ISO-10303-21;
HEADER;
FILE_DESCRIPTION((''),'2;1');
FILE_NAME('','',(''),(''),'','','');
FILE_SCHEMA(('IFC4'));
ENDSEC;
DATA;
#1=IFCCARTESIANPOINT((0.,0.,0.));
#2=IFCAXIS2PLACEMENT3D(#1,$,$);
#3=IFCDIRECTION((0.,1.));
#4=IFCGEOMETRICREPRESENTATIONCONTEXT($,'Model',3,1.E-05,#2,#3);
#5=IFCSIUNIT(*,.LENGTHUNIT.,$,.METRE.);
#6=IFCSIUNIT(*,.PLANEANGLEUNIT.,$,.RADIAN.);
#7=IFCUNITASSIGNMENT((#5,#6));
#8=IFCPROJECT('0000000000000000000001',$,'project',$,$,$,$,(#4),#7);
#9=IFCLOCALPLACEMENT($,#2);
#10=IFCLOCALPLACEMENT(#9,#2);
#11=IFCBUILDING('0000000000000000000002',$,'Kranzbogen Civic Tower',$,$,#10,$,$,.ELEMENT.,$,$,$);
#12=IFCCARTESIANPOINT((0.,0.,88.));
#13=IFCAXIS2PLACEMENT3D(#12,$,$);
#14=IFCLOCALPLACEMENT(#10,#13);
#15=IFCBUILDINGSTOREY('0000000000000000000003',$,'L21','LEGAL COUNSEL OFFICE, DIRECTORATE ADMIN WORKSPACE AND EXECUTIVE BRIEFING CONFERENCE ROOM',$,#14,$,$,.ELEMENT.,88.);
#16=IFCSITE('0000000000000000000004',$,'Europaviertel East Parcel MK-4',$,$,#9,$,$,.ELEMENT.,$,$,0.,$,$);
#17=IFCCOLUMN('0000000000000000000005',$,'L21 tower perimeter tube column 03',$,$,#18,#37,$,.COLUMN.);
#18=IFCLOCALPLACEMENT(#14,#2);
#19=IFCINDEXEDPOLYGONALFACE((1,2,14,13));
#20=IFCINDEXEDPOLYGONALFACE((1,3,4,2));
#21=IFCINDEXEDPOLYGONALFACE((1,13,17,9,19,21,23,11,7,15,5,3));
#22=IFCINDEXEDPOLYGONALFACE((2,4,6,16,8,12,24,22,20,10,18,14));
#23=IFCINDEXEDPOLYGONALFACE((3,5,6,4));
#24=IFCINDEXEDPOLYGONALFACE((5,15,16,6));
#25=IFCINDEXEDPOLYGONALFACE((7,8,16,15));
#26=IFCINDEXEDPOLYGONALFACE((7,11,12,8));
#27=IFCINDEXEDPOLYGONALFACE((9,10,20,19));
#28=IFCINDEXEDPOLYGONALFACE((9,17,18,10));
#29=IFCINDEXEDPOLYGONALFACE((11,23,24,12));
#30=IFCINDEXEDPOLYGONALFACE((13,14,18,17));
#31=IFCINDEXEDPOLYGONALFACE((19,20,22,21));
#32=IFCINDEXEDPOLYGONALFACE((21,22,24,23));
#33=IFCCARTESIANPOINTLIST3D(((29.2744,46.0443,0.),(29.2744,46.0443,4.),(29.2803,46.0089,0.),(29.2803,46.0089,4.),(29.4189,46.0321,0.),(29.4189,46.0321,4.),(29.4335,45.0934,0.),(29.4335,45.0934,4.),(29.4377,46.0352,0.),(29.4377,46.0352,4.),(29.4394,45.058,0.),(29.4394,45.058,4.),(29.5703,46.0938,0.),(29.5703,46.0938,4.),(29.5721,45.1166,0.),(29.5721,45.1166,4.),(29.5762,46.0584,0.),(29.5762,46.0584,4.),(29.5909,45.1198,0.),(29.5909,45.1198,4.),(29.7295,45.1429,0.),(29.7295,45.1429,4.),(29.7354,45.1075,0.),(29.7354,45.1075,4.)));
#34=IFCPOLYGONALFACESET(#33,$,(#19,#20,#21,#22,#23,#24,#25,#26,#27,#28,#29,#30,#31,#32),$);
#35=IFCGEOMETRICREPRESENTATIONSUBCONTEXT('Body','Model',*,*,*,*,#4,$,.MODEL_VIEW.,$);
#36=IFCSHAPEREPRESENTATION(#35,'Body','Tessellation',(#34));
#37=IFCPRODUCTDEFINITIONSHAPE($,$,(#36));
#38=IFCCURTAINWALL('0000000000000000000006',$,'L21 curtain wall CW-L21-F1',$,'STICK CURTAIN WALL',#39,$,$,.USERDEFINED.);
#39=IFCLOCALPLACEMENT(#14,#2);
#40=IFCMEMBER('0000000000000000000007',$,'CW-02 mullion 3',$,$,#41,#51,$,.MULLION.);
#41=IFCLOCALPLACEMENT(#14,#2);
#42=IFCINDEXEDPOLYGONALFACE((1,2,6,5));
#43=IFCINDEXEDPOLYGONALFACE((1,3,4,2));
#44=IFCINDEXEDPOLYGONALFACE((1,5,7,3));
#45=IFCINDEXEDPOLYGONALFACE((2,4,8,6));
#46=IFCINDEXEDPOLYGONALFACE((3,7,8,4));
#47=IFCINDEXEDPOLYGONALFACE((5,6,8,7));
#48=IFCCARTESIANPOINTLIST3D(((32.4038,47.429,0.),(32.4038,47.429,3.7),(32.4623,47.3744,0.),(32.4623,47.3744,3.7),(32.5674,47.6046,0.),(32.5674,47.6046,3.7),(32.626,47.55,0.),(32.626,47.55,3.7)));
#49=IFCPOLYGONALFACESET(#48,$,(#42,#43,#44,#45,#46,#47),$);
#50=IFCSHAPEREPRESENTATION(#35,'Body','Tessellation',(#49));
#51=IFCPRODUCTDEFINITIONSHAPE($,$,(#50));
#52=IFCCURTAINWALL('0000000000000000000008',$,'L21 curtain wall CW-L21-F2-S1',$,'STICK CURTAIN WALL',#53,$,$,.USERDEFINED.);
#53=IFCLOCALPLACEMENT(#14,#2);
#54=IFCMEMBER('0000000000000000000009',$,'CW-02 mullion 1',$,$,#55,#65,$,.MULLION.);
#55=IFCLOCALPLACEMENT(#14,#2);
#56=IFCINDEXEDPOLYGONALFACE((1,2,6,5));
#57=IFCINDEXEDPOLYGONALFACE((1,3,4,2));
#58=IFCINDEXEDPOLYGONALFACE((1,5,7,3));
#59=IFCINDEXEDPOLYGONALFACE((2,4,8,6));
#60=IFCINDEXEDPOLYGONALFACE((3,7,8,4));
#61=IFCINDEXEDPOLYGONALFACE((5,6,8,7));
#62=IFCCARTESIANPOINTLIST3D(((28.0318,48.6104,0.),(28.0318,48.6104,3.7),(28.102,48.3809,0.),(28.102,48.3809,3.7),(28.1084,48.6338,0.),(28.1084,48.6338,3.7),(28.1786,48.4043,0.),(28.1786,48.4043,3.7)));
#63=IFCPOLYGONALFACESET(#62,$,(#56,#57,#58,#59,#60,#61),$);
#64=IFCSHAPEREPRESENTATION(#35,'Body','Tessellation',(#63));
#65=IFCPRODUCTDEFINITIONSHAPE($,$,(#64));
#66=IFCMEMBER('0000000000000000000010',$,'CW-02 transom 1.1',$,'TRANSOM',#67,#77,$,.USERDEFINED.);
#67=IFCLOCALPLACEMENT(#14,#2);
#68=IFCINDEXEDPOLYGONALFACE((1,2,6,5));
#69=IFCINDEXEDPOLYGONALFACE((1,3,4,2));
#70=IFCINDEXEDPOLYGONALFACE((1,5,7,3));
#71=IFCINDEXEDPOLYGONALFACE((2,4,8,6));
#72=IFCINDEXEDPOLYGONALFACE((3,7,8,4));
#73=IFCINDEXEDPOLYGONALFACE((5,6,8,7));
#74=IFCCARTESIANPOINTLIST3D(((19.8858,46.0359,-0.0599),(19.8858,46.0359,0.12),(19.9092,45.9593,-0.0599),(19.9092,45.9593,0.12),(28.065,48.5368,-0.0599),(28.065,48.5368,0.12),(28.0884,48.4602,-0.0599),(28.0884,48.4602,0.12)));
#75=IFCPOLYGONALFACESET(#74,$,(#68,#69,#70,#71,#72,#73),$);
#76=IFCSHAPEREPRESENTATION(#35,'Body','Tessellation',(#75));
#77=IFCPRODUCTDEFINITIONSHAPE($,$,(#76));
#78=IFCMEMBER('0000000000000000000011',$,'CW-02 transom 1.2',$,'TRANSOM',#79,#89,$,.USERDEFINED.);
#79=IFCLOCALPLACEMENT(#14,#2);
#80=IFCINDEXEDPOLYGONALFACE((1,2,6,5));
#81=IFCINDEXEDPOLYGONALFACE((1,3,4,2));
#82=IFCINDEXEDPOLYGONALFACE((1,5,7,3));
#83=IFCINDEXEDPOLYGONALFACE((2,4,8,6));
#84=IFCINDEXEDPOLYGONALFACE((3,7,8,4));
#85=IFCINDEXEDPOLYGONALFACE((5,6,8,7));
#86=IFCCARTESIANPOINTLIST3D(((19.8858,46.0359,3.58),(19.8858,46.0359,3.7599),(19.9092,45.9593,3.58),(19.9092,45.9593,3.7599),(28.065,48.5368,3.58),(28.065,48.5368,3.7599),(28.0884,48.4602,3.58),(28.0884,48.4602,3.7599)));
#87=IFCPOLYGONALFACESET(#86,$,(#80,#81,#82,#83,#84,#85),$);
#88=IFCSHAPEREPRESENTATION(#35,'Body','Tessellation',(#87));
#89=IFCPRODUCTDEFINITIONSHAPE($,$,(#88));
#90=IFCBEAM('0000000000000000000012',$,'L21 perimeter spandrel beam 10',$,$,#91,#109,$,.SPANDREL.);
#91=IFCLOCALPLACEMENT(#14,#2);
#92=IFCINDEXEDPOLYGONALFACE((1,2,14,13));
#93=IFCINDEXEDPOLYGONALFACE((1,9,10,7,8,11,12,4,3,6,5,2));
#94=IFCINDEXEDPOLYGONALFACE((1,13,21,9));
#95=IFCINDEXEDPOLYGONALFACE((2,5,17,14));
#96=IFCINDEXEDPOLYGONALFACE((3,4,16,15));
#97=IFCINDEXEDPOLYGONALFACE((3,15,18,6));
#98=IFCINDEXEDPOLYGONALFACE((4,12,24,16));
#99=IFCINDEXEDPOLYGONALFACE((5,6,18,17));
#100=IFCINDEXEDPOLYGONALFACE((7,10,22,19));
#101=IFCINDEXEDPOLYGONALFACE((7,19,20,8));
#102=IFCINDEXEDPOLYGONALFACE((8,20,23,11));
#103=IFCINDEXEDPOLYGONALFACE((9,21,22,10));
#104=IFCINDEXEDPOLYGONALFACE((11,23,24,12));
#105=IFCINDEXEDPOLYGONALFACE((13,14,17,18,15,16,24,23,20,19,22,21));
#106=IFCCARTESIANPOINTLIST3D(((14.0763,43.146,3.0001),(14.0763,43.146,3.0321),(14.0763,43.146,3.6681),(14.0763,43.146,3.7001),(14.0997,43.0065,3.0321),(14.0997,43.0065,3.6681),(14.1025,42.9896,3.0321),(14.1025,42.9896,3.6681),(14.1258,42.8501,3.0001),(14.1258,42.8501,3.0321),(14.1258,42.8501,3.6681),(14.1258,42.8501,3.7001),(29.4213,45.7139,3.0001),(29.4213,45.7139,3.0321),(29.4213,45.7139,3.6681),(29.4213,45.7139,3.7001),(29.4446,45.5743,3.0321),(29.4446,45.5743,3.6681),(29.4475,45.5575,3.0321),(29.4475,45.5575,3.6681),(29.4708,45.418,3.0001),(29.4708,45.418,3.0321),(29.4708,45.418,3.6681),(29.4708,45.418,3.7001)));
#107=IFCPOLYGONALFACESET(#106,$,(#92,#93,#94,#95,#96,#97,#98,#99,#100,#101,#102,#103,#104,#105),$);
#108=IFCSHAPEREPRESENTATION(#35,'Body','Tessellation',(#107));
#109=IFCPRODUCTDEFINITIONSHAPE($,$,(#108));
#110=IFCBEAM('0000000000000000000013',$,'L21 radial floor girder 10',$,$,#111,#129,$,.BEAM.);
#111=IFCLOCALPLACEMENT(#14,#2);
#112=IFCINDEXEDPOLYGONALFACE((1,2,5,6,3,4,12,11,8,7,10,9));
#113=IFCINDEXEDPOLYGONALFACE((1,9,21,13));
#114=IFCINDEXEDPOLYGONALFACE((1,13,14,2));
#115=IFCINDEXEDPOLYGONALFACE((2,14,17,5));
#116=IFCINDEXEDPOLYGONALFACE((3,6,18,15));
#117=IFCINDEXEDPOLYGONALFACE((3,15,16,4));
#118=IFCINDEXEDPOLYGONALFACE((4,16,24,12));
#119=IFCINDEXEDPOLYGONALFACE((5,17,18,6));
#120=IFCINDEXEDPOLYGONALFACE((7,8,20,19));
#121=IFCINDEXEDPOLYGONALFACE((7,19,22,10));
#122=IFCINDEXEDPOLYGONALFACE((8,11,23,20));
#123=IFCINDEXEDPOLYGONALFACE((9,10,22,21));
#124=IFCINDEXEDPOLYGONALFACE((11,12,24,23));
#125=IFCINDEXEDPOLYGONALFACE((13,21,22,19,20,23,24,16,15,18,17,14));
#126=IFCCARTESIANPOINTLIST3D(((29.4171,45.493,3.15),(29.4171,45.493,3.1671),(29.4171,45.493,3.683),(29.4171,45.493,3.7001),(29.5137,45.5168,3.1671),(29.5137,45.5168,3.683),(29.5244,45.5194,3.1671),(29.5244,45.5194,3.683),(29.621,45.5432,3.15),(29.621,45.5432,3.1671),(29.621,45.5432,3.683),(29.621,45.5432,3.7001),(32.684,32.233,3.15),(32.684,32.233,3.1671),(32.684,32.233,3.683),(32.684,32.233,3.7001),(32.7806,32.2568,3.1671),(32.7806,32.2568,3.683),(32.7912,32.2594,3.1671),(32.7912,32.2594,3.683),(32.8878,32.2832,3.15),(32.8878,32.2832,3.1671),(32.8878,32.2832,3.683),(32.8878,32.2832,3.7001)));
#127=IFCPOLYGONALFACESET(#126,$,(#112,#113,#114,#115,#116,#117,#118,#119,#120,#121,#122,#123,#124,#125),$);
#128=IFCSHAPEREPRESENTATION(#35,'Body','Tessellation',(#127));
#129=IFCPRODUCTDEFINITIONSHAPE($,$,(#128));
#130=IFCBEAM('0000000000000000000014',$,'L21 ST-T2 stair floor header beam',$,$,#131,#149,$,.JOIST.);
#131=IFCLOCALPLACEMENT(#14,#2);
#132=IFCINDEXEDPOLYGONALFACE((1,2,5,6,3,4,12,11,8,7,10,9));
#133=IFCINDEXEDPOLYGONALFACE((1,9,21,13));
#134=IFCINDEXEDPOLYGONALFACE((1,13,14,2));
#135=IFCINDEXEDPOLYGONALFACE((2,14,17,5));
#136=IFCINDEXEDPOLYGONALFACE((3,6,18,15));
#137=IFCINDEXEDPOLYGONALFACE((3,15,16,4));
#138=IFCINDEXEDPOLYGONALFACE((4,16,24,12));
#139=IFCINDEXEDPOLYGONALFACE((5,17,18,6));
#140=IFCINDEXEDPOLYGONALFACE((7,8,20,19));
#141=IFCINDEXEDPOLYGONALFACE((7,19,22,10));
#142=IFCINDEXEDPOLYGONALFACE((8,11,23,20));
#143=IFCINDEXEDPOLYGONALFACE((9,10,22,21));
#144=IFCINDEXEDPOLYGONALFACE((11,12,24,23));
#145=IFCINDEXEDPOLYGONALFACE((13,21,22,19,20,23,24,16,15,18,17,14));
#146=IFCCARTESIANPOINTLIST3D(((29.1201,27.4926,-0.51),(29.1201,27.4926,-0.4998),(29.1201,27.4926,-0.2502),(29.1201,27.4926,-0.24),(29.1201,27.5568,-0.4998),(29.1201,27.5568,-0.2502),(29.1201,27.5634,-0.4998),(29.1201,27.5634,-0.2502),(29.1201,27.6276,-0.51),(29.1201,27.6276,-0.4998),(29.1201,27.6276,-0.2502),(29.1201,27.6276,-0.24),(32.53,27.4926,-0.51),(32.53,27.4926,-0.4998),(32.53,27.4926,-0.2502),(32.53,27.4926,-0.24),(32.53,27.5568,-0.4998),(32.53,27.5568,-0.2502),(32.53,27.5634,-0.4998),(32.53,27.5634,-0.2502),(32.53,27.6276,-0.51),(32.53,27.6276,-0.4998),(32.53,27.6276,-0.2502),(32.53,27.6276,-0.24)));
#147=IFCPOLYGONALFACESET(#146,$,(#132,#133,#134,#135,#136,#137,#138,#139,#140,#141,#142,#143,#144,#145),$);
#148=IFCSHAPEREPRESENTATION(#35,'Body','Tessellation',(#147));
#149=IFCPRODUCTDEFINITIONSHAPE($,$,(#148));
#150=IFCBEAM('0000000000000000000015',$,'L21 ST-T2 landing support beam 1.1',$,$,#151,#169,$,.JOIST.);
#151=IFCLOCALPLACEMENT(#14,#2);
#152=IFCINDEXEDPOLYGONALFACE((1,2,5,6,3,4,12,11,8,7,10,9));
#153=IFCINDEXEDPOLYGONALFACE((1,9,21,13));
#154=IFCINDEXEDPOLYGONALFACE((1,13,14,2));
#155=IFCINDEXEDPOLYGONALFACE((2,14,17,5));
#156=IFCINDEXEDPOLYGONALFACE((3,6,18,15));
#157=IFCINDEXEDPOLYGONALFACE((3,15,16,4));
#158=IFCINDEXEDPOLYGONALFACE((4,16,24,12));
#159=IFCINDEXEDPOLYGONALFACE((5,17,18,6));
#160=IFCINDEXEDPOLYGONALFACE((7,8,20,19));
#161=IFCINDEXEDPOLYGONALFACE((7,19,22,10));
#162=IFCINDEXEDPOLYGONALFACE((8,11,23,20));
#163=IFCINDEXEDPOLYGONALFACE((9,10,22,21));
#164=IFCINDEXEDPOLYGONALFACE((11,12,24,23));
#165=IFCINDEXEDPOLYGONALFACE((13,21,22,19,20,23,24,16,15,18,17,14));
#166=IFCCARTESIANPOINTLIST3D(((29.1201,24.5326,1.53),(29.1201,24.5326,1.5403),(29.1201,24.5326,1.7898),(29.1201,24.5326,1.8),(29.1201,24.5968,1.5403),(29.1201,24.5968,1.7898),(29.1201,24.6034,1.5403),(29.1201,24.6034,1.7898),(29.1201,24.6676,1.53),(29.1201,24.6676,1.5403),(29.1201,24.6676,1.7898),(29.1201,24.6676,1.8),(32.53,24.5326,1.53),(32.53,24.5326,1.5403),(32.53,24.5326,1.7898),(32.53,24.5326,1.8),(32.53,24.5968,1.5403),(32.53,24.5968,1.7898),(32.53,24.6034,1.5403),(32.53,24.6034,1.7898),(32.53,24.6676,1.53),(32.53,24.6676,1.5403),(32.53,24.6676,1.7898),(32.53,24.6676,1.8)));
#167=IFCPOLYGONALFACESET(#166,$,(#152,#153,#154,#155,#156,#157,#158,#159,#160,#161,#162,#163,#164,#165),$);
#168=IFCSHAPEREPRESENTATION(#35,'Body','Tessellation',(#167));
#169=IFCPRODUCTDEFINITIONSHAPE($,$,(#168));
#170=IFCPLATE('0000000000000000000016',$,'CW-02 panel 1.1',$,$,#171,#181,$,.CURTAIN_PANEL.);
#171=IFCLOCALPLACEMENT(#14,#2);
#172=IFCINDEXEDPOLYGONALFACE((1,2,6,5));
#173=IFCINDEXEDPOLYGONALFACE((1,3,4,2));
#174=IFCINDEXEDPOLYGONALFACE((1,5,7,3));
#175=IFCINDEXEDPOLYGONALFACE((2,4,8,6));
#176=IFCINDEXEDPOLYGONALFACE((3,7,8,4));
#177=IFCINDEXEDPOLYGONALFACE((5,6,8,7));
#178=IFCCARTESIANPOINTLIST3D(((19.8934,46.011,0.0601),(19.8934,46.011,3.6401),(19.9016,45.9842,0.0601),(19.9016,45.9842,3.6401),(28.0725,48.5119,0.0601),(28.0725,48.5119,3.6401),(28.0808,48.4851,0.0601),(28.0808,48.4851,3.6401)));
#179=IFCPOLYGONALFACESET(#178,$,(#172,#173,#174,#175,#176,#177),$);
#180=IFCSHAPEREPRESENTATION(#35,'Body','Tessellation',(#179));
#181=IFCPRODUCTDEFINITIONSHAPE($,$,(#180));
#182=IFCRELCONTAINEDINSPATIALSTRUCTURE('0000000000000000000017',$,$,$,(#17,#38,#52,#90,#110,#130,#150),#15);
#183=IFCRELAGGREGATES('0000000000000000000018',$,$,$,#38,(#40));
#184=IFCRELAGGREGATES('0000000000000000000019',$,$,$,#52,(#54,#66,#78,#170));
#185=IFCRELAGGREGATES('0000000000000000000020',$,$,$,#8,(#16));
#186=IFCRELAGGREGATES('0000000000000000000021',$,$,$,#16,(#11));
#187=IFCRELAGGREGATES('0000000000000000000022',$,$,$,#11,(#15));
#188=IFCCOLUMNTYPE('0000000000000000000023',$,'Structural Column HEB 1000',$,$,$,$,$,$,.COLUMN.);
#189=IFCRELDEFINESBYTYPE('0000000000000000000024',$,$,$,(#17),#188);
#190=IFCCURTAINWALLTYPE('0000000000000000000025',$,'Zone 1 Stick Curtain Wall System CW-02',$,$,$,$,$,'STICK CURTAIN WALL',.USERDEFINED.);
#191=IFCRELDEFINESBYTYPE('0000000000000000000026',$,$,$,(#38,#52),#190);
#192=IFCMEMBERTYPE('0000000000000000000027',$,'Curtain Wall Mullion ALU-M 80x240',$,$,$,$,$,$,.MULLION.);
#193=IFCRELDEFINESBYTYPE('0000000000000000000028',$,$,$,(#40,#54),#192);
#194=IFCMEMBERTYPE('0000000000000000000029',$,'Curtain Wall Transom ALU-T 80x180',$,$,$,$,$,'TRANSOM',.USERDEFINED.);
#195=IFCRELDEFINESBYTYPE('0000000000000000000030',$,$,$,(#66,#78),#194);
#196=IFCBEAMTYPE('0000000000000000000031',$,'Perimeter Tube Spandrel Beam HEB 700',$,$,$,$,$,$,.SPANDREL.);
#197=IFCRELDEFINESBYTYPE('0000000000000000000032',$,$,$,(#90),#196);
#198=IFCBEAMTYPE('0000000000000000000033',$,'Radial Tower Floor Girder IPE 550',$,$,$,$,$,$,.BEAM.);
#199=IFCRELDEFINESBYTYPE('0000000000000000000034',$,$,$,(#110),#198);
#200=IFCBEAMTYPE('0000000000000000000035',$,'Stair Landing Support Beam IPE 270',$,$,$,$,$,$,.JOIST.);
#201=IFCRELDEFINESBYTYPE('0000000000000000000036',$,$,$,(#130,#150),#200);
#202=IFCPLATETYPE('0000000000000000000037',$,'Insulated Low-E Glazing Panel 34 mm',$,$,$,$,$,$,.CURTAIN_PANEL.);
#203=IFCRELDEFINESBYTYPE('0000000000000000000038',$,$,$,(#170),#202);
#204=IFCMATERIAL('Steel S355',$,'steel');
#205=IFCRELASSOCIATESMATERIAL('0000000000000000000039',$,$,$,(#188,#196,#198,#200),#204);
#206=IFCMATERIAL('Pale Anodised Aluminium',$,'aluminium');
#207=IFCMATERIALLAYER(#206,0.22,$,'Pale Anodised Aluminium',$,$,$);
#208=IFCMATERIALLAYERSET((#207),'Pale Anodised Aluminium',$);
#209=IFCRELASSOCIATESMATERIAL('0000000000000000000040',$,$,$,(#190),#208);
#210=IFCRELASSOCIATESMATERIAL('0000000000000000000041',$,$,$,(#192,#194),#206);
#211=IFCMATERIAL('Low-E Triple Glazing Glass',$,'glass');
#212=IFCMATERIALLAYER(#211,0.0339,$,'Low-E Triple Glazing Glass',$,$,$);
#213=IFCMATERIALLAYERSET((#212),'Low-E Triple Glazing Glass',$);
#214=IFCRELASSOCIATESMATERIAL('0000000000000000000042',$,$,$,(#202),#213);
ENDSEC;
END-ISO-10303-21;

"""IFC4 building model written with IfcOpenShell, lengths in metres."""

from ifc_helpers import new_model, si_unit, direction, frame, origin, origin_2d, place, context, subcontext, project, spatial, rectangle, i_section, extrude, material, layer, layer_set, material_profile, profile_set, type_object, element, aggregate, save


model = new_model("IFC4")

# Units and contexts
model_context = context("Model", 3, precision=1e-05, world=origin(), true_north=direction((0.0, 1.0)))
body_context = subcontext(model_context, "Body", "Model", "MODEL_VIEW")
ifc_project = project(units=[si_unit("LENGTHUNIT", "METRE"), si_unit("PLANEANGLEUNIT", "RADIAN")], contexts=[model_context])

# Site, building, storey
site_placement = place(None, origin())
site = spatial("IfcSite", under=ifc_project, at=site_placement, Name="Europaviertel East Parcel MK-4", CompositionType="ELEMENT", RefElevation=0.0)
building_placement = place(site_placement, origin())
building = spatial("IfcBuilding", under=site, at=building_placement, Name="Kranzbogen Civic Tower", CompositionType="ELEMENT")
storey_placement = place(building_placement, frame((0.0, 0.0, 88.0)))
storey = spatial("IfcBuildingStorey", under=building, at=storey_placement, Name="L21", Description="LEGAL COUNSEL OFFICE, DIRECTORATE ADMIN WORKSPACE AND EXECUTIVE BRIEFING CONFERENCE ROOM", CompositionType="ELEMENT", Elevation=88.0)

# Column
ifc_material_1 = material(Name="Steel S355", Category="steel")
ifc_material_profile_1 = material_profile(ifc_material_1, i_section(OverallWidth=0.3, OverallDepth=1.0, WebThickness=0.019, FlangeThickness=0.0359, at=origin_2d()), Name="HEB 1000")
ifc_profile_set_1 = profile_set([ifc_material_profile_1], Name="Steel S355")
column_type = type_object("IfcColumnType", Name="Structural Column HEB 1000", PredefinedType="COLUMN", material=ifc_profile_set_1)
column_placement = place(storey_placement, frame((29.5049, 45.5759, 0.0), z_axis=(0.0, 0.0, 1.0), x_axis=(0.986286, 0.165048, 0.0)))
element("IfcColumn", 1, at=column_placement, inside=storey, type_object=column_type, Name="L21 tower perimeter tube column 03", PredefinedType="COLUMN", context=body_context, shape_type="SweptSolid", body=[
    extrude(i_section(OverallWidth=0.3, OverallDepth=1.0, WebThickness=0.019, FlangeThickness=0.0359, at=origin_2d()), origin(), (0.0, 0.0, 1.0), 4.0),
])

# Curtain wall, member
ifc_material_2 = material(Name="Pale Anodised Aluminium", Category="aluminium")
ifc_layer_1 = layer(ifc_material_2, 0.22, Name="Pale Anodised Aluminium")
ifc_layer_set_1 = layer_set([ifc_layer_1], Name="Pale Anodised Aluminium")
curtain_wall_type = type_object("IfcCurtainWallType", Name="Zone 1 Stick Curtain Wall System CW-02", ElementType="STICK CURTAIN WALL", PredefinedType="USERDEFINED", material=ifc_layer_set_1)
curtain_wall_1_placement = place(storey_placement, origin())
curtain_wall_1 = element("IfcCurtainWall", 2, at=curtain_wall_1_placement, inside=storey, type_object=curtain_wall_type, Name="L21 curtain wall CW-L21-F1", ObjectType="STICK CURTAIN WALL", PredefinedType="USERDEFINED")
ifc_material_profile_2 = material_profile(ifc_material_2, rectangle(XDim=0.0801, YDim=0.24, at=origin_2d()), Name="ALU-M 80x240")
ifc_profile_set_2 = profile_set([ifc_material_profile_2], Name="Pale Anodised Aluminium")
member_type_1 = type_object("IfcMemberType", Name="Curtain Wall Mullion ALU-M 80x240", PredefinedType="MULLION", material=ifc_profile_set_2)
member_1_placement = place(storey_placement, frame((32.5149, 47.4895, 0.0), z_axis=(0.0, 0.0, 1.0), x_axis=(-0.731367, 0.681984, 0.0)))
member_1 = element("IfcMember", 3, at=member_1_placement, type_object=member_type_1, Name="CW-02 mullion 3", PredefinedType="MULLION", context=body_context, shape_type="SweptSolid", body=[
    extrude(rectangle(XDim=0.0801, YDim=0.24, at=origin_2d()), origin(), (0.0, 0.0, 1.0), 3.7),
])
aggregate(curtain_wall_1, [member_1])

# Curtain wall, members
curtain_wall_2_placement = place(storey_placement, origin())
curtain_wall_2 = element("IfcCurtainWall", 4, at=curtain_wall_2_placement, inside=storey, type_object=curtain_wall_type, Name="L21 curtain wall CW-L21-F2-S1", ObjectType="STICK CURTAIN WALL", PredefinedType="USERDEFINED")
member_2_placement = place(storey_placement, frame((28.1052, 48.5073, 0.0), z_axis=(0.0, 0.0, 1.0), x_axis=(-0.956296, -0.2924, 0.0)))
member_2 = element("IfcMember", 5, at=member_2_placement, type_object=member_type_1, Name="CW-02 mullion 1", PredefinedType="MULLION", context=body_context, shape_type="SweptSolid", body=[
    extrude(rectangle(XDim=0.0801, YDim=0.24, at=origin_2d()), origin(), (0.0, 0.0, 1.0), 3.7),
])
ifc_material_profile_3 = material_profile(ifc_material_2, rectangle(XDim=0.0801, YDim=0.1799, at=origin_2d()), Name="ALU-T 80x180")
ifc_profile_set_3 = profile_set([ifc_material_profile_3], Name="Pale Anodised Aluminium")
member_type_2 = type_object("IfcMemberType", Name="Curtain Wall Transom ALU-T 80x180", ElementType="TRANSOM", PredefinedType="USERDEFINED", material=ifc_profile_set_3)
member_3_placement = place(storey_placement, frame((28.0767, 48.4985, 0.03), z_axis=(-0.956293, -0.292409, 0.0), x_axis=(0.292409, -0.956293, 0.0)))
member_3 = element("IfcMember", 6, at=member_3_placement, type_object=member_type_2, Name="CW-02 transom 1.1", ObjectType="TRANSOM", PredefinedType="USERDEFINED", context=body_context, shape_type="SweptSolid", body=[
    extrude(rectangle(XDim=0.0801, YDim=0.1799, at=origin_2d()), origin(), (0.0, 0.0, 1.0), 8.553),
])
member_4_placement = place(storey_placement, frame((28.0767, 48.4985, 3.6699), z_axis=(-0.956293, -0.292409, 0.0), x_axis=(0.292409, -0.956293, 0.0)))
member_4 = element("IfcMember", 7, at=member_4_placement, type_object=member_type_2, Name="CW-02 transom 1.2", ObjectType="TRANSOM", PredefinedType="USERDEFINED", context=body_context, shape_type="SweptSolid", body=[
    extrude(rectangle(XDim=0.0801, YDim=0.1799, at=origin_2d()), origin(), (0.0, 0.0, 1.0), 8.553),
])

# Beams
ifc_material_profile_4 = material_profile(ifc_material_1, i_section(OverallWidth=0.3, OverallDepth=0.7, WebThickness=0.0171, FlangeThickness=0.032, at=origin_2d()), Name="HEB 700")
ifc_profile_set_4 = profile_set([ifc_material_profile_4], Name="Steel S355")
beam_type_1 = type_object("IfcBeamType", Name="Perimeter Tube Spandrel Beam HEB 700", PredefinedType="SPANDREL", material=ifc_profile_set_4)
beam_1_placement = place(storey_placement, frame((29.446, 45.5659, 3.3501), z_axis=(-0.986286, -0.165048, 0.0), x_axis=(0.165048, -0.986286, 0.0)))
element("IfcBeam", 8, at=beam_1_placement, inside=storey, type_object=beam_type_1, Name="L21 perimeter spandrel beam 10", PredefinedType="SPANDREL", context=body_context, shape_type="SweptSolid", body=[
    extrude(i_section(OverallWidth=0.3, OverallDepth=0.7, WebThickness=0.0171, FlangeThickness=0.032, at=origin_2d()), origin(), (0.0, 0.0, 1.0), 15.5583),
])
ifc_material_profile_5 = material_profile(ifc_material_1, i_section(OverallWidth=0.21, OverallDepth=0.55, WebThickness=0.011, FlangeThickness=0.0171, at=origin_2d()), Name="IPE 550")
ifc_profile_set_5 = profile_set([ifc_material_profile_5], Name="Steel S355")
beam_type_2 = type_object("IfcBeamType", Name="Radial Tower Floor Girder IPE 550", PredefinedType="BEAM", material=ifc_profile_set_5)
beam_2_placement = place(storey_placement, frame((29.519, 45.5181, 3.425), z_axis=(0.239215, -0.970967, 0.0), x_axis=(0.970967, 0.239215, 0.0)))
element("IfcBeam", 9, at=beam_2_placement, inside=storey, type_object=beam_type_2, Name="L21 radial floor girder 10", PredefinedType="BEAM", context=body_context, shape_type="SweptSolid", body=[
    extrude(i_section(OverallWidth=0.21, OverallDepth=0.55, WebThickness=0.011, FlangeThickness=0.0171, at=origin_2d()), origin(), (0.0, 0.0, 1.0), 13.6565),
])
ifc_material_profile_6 = material_profile(ifc_material_1, i_section(OverallWidth=0.135, OverallDepth=0.27, WebThickness=0.0066, FlangeThickness=0.0103, at=origin_2d()), Name="IPE 270")
ifc_profile_set_6 = profile_set([ifc_material_profile_6], Name="Steel S355")
beam_type_3 = type_object("IfcBeamType", Name="Stair Landing Support Beam IPE 270", PredefinedType="JOIST", material=ifc_profile_set_6)
for number, where, z_axis, x_axis, name in (
    (10, (29.1201, 27.5601, -0.375), (1.0, 0.0, 0.0), (0.0, 1.0, 0.0), "L21 ST-T2 stair floor header beam"),
    (11, (29.1201, 24.6001, 1.665), (1.0, 0.0, 0.0), (0.0, 1.0, 0.0), "L21 ST-T2 landing support beam 1.1"),
):
    element("IfcBeam", number, at=place(storey_placement, frame(where, z_axis=z_axis, x_axis=x_axis)), inside=storey, type_object=beam_type_3, Name=name, PredefinedType="JOIST", context=body_context, shape_type="SweptSolid", body=[
        extrude(i_section(OverallWidth=0.135, OverallDepth=0.27, WebThickness=0.0066, FlangeThickness=0.0103, at=origin_2d()), origin(), (0.0, 0.0, 1.0), 3.4099),
    ])

# Plate
ifc_material_3 = material(Name="Low-E Triple Glazing Glass", Category="glass")
ifc_layer_2 = layer(ifc_material_3, 0.0339, Name="Low-E Triple Glazing Glass")
ifc_layer_set_2 = layer_set([ifc_layer_2], Name="Low-E Triple Glazing Glass")
plate_type = type_object("IfcPlateType", Name="Insulated Low-E Glazing Panel 34 mm", PredefinedType="CURTAIN_PANEL", material=ifc_layer_set_2)
plate_placement = place(storey_placement, frame((23.9871, 47.248, 0.0601), z_axis=(0.0, 0.0, 1.0), x_axis=(-0.956296, -0.2924, 0.0)))
plate = element("IfcPlate", 12, at=plate_placement, type_object=plate_type, Name="CW-02 panel 1.1", PredefinedType="CURTAIN_PANEL", context=body_context, shape_type="SweptSolid", body=[
    extrude(rectangle(XDim=8.553, YDim=0.0281, at=origin_2d()), origin(), (0.0, 0.0, 1.0), 3.5801),
])
aggregate(curtain_wall_2, [member_2, member_3, member_4, plate])

save(model, "model.ifc")
